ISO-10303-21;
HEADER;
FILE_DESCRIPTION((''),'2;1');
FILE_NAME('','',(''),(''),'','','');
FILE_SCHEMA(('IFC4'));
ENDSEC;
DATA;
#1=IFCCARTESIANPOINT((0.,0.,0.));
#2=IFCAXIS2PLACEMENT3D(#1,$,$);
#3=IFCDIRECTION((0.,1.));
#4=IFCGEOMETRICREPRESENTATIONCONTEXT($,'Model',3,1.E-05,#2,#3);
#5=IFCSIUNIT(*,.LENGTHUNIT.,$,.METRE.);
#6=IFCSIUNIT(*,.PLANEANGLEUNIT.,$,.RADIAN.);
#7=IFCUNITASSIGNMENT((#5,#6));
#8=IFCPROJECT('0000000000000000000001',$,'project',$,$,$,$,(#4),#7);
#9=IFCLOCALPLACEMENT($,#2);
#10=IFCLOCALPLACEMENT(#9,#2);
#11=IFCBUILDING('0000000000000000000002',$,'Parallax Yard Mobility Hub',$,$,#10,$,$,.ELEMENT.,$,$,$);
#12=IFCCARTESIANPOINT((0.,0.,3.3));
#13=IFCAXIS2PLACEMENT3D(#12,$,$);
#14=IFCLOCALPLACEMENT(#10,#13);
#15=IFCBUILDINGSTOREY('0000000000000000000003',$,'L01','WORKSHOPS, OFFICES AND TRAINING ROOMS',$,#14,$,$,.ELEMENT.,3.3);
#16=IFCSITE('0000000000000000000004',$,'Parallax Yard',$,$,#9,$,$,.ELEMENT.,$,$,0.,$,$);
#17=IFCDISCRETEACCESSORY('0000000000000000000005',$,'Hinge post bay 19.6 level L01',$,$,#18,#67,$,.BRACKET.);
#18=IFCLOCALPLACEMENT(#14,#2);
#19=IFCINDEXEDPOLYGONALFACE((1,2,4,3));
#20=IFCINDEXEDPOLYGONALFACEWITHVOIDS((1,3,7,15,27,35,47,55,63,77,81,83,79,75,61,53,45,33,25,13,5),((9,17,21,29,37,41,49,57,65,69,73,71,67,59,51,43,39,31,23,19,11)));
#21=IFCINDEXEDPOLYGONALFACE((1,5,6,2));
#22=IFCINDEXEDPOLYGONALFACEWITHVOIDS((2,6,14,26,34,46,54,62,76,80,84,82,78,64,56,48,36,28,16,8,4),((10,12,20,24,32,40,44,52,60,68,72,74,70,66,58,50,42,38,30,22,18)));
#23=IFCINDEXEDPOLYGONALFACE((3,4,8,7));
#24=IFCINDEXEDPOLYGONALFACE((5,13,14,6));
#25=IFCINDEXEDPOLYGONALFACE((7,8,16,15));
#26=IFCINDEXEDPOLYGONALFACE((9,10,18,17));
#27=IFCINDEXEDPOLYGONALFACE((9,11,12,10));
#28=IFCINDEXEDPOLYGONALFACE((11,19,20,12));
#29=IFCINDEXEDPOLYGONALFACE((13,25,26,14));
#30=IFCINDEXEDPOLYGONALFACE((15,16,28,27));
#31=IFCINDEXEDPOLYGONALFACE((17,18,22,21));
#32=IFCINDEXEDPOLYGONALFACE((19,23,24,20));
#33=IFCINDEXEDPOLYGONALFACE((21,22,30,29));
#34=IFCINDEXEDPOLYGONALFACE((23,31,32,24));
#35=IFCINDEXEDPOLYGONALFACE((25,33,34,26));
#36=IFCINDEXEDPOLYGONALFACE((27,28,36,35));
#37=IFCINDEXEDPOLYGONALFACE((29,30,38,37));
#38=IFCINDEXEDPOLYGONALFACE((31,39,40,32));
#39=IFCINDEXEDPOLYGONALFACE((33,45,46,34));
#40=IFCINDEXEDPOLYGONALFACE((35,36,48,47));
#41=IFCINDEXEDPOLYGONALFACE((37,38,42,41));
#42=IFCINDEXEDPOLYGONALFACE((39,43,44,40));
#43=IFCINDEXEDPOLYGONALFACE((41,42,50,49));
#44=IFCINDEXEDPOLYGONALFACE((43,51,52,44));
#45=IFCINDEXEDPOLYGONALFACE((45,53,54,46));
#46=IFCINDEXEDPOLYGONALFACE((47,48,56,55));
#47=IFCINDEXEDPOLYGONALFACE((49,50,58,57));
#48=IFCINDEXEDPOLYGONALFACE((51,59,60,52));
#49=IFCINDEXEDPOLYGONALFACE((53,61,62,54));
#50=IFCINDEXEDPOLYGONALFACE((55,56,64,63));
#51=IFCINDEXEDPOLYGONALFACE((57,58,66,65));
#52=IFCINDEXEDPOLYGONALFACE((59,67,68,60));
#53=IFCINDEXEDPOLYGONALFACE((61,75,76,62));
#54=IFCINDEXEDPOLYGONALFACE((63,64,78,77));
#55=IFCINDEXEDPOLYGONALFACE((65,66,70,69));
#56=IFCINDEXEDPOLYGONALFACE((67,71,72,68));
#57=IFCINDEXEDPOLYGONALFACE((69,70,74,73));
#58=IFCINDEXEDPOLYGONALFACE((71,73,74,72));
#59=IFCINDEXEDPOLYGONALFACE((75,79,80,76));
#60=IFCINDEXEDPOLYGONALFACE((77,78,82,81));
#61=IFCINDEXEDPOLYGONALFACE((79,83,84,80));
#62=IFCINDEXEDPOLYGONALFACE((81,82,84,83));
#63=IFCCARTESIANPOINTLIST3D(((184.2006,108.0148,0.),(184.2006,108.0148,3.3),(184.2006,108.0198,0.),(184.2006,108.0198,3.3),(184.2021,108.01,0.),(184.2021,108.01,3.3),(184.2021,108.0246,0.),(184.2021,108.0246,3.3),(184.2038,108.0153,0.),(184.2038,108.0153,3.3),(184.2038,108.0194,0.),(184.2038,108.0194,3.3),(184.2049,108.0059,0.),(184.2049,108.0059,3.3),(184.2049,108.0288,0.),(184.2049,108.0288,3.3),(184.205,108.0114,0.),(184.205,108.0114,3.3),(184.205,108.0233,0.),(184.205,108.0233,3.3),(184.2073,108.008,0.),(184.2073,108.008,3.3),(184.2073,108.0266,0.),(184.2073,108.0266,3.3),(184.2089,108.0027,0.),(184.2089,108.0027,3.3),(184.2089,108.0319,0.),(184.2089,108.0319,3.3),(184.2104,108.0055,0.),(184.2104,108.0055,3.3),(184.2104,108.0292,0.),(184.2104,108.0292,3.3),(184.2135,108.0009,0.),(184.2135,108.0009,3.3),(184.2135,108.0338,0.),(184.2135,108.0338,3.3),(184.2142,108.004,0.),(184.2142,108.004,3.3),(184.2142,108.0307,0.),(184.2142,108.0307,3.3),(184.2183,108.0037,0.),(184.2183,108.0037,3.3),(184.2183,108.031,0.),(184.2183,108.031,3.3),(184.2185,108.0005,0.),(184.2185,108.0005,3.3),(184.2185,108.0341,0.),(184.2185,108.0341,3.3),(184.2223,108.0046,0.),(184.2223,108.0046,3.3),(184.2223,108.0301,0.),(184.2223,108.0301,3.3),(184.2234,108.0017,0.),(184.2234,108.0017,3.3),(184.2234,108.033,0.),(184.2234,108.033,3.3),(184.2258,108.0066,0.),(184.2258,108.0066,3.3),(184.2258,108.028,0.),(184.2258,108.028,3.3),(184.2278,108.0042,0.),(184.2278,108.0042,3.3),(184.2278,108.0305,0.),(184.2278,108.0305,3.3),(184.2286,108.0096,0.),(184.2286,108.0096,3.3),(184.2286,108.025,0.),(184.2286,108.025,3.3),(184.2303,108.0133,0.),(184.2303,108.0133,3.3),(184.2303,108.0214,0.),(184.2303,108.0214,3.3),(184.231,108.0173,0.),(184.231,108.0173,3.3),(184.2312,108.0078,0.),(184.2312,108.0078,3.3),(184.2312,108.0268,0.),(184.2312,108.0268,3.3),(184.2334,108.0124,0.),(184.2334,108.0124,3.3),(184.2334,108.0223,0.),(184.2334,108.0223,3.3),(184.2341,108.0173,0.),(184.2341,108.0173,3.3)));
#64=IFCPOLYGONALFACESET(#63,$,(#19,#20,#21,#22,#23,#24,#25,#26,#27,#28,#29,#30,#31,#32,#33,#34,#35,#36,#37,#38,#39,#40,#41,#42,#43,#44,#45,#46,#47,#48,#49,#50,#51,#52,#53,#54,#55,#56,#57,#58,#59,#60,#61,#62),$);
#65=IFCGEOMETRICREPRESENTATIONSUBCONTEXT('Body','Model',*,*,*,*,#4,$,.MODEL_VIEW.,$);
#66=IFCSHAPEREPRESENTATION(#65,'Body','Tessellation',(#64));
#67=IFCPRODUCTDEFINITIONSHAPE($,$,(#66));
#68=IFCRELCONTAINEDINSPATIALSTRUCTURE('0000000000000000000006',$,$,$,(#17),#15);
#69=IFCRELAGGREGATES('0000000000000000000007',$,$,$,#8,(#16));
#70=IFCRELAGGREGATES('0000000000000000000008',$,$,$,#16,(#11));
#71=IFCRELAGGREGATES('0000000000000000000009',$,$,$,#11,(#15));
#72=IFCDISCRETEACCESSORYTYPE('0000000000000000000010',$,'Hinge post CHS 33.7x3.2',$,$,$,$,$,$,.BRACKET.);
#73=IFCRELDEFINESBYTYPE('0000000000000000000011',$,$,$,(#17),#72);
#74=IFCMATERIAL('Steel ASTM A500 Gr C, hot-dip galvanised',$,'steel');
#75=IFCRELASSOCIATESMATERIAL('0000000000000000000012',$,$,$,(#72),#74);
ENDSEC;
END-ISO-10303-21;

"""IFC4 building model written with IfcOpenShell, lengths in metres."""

from ifc_helpers import new_model, si_unit, direction, frame, origin, origin_2d, place, context, subcontext, project, spatial, hollow_circle, extrude, material, material_profile, profile_set, type_object, element, save


model = new_model("IFC4")

# Units and contexts
model_context = context("Model", 3, precision=1e-05, world=origin(), true_north=direction((0.0, 1.0)))
body_context = subcontext(model_context, "Body", "Model", "MODEL_VIEW")
ifc_project = project(units=[si_unit("LENGTHUNIT", "METRE"), si_unit("PLANEANGLEUNIT", "RADIAN")], contexts=[model_context])

# Site, building, storey
site_placement = place(None, origin())
site = spatial("IfcSite", under=ifc_project, at=site_placement, Name="Parallax Yard", CompositionType="ELEMENT", RefElevation=0.0)
building_placement = place(site_placement, origin())
building = spatial("IfcBuilding", under=site, at=building_placement, Name="Parallax Yard Mobility Hub", CompositionType="ELEMENT")
storey_placement = place(building_placement, frame((0.0, 0.0, 3.3)))
storey = spatial("IfcBuildingStorey", under=building, at=storey_placement, Name="L01", Description="WORKSHOPS, OFFICES AND TRAINING ROOMS", CompositionType="ELEMENT", Elevation=3.3)

# Discrete accessory
ifc_material_1 = material(Name="Steel ASTM A500 Gr C, hot-dip galvanised", Category="steel")
ifc_material_profile_1 = material_profile(ifc_material_1, hollow_circle(Radius=0.0168, WallThickness=0.0032, at=origin_2d()), Name="CHS 33.7x3.2")
ifc_profile_set_1 = profile_set([ifc_material_profile_1], Name="Steel ASTM A500 Gr C, hot-dip galvanised")
discrete_accessory_type_1 = type_object("IfcDiscreteAccessoryType", Name="Hinge post CHS 33.7x3.2", PredefinedType="BRACKET", material=ifc_profile_set_1)
for number, where, z_axis, x_axis, name in (
    (1, (184.2173, 108.0173, 0.0), (0.0, 0.0, 1.0), (1.0, 0.0, 0.0), "Hinge post bay 19.6 level L01"),
):
    element("IfcDiscreteAccessory", number, at=place(storey_placement, frame(where, z_axis=z_axis, x_axis=x_axis)), inside=storey, type_object=discrete_accessory_type_1, Name=name, PredefinedType="BRACKET", context=body_context, shape_type="SweptSolid", body=[
        extrude(hollow_circle(Radius=0.0168, WallThickness=0.0032, at=origin_2d()), origin(), (0.0, 0.0, 1.0), 3.3),
    ])

save(model, "model.ifc")
